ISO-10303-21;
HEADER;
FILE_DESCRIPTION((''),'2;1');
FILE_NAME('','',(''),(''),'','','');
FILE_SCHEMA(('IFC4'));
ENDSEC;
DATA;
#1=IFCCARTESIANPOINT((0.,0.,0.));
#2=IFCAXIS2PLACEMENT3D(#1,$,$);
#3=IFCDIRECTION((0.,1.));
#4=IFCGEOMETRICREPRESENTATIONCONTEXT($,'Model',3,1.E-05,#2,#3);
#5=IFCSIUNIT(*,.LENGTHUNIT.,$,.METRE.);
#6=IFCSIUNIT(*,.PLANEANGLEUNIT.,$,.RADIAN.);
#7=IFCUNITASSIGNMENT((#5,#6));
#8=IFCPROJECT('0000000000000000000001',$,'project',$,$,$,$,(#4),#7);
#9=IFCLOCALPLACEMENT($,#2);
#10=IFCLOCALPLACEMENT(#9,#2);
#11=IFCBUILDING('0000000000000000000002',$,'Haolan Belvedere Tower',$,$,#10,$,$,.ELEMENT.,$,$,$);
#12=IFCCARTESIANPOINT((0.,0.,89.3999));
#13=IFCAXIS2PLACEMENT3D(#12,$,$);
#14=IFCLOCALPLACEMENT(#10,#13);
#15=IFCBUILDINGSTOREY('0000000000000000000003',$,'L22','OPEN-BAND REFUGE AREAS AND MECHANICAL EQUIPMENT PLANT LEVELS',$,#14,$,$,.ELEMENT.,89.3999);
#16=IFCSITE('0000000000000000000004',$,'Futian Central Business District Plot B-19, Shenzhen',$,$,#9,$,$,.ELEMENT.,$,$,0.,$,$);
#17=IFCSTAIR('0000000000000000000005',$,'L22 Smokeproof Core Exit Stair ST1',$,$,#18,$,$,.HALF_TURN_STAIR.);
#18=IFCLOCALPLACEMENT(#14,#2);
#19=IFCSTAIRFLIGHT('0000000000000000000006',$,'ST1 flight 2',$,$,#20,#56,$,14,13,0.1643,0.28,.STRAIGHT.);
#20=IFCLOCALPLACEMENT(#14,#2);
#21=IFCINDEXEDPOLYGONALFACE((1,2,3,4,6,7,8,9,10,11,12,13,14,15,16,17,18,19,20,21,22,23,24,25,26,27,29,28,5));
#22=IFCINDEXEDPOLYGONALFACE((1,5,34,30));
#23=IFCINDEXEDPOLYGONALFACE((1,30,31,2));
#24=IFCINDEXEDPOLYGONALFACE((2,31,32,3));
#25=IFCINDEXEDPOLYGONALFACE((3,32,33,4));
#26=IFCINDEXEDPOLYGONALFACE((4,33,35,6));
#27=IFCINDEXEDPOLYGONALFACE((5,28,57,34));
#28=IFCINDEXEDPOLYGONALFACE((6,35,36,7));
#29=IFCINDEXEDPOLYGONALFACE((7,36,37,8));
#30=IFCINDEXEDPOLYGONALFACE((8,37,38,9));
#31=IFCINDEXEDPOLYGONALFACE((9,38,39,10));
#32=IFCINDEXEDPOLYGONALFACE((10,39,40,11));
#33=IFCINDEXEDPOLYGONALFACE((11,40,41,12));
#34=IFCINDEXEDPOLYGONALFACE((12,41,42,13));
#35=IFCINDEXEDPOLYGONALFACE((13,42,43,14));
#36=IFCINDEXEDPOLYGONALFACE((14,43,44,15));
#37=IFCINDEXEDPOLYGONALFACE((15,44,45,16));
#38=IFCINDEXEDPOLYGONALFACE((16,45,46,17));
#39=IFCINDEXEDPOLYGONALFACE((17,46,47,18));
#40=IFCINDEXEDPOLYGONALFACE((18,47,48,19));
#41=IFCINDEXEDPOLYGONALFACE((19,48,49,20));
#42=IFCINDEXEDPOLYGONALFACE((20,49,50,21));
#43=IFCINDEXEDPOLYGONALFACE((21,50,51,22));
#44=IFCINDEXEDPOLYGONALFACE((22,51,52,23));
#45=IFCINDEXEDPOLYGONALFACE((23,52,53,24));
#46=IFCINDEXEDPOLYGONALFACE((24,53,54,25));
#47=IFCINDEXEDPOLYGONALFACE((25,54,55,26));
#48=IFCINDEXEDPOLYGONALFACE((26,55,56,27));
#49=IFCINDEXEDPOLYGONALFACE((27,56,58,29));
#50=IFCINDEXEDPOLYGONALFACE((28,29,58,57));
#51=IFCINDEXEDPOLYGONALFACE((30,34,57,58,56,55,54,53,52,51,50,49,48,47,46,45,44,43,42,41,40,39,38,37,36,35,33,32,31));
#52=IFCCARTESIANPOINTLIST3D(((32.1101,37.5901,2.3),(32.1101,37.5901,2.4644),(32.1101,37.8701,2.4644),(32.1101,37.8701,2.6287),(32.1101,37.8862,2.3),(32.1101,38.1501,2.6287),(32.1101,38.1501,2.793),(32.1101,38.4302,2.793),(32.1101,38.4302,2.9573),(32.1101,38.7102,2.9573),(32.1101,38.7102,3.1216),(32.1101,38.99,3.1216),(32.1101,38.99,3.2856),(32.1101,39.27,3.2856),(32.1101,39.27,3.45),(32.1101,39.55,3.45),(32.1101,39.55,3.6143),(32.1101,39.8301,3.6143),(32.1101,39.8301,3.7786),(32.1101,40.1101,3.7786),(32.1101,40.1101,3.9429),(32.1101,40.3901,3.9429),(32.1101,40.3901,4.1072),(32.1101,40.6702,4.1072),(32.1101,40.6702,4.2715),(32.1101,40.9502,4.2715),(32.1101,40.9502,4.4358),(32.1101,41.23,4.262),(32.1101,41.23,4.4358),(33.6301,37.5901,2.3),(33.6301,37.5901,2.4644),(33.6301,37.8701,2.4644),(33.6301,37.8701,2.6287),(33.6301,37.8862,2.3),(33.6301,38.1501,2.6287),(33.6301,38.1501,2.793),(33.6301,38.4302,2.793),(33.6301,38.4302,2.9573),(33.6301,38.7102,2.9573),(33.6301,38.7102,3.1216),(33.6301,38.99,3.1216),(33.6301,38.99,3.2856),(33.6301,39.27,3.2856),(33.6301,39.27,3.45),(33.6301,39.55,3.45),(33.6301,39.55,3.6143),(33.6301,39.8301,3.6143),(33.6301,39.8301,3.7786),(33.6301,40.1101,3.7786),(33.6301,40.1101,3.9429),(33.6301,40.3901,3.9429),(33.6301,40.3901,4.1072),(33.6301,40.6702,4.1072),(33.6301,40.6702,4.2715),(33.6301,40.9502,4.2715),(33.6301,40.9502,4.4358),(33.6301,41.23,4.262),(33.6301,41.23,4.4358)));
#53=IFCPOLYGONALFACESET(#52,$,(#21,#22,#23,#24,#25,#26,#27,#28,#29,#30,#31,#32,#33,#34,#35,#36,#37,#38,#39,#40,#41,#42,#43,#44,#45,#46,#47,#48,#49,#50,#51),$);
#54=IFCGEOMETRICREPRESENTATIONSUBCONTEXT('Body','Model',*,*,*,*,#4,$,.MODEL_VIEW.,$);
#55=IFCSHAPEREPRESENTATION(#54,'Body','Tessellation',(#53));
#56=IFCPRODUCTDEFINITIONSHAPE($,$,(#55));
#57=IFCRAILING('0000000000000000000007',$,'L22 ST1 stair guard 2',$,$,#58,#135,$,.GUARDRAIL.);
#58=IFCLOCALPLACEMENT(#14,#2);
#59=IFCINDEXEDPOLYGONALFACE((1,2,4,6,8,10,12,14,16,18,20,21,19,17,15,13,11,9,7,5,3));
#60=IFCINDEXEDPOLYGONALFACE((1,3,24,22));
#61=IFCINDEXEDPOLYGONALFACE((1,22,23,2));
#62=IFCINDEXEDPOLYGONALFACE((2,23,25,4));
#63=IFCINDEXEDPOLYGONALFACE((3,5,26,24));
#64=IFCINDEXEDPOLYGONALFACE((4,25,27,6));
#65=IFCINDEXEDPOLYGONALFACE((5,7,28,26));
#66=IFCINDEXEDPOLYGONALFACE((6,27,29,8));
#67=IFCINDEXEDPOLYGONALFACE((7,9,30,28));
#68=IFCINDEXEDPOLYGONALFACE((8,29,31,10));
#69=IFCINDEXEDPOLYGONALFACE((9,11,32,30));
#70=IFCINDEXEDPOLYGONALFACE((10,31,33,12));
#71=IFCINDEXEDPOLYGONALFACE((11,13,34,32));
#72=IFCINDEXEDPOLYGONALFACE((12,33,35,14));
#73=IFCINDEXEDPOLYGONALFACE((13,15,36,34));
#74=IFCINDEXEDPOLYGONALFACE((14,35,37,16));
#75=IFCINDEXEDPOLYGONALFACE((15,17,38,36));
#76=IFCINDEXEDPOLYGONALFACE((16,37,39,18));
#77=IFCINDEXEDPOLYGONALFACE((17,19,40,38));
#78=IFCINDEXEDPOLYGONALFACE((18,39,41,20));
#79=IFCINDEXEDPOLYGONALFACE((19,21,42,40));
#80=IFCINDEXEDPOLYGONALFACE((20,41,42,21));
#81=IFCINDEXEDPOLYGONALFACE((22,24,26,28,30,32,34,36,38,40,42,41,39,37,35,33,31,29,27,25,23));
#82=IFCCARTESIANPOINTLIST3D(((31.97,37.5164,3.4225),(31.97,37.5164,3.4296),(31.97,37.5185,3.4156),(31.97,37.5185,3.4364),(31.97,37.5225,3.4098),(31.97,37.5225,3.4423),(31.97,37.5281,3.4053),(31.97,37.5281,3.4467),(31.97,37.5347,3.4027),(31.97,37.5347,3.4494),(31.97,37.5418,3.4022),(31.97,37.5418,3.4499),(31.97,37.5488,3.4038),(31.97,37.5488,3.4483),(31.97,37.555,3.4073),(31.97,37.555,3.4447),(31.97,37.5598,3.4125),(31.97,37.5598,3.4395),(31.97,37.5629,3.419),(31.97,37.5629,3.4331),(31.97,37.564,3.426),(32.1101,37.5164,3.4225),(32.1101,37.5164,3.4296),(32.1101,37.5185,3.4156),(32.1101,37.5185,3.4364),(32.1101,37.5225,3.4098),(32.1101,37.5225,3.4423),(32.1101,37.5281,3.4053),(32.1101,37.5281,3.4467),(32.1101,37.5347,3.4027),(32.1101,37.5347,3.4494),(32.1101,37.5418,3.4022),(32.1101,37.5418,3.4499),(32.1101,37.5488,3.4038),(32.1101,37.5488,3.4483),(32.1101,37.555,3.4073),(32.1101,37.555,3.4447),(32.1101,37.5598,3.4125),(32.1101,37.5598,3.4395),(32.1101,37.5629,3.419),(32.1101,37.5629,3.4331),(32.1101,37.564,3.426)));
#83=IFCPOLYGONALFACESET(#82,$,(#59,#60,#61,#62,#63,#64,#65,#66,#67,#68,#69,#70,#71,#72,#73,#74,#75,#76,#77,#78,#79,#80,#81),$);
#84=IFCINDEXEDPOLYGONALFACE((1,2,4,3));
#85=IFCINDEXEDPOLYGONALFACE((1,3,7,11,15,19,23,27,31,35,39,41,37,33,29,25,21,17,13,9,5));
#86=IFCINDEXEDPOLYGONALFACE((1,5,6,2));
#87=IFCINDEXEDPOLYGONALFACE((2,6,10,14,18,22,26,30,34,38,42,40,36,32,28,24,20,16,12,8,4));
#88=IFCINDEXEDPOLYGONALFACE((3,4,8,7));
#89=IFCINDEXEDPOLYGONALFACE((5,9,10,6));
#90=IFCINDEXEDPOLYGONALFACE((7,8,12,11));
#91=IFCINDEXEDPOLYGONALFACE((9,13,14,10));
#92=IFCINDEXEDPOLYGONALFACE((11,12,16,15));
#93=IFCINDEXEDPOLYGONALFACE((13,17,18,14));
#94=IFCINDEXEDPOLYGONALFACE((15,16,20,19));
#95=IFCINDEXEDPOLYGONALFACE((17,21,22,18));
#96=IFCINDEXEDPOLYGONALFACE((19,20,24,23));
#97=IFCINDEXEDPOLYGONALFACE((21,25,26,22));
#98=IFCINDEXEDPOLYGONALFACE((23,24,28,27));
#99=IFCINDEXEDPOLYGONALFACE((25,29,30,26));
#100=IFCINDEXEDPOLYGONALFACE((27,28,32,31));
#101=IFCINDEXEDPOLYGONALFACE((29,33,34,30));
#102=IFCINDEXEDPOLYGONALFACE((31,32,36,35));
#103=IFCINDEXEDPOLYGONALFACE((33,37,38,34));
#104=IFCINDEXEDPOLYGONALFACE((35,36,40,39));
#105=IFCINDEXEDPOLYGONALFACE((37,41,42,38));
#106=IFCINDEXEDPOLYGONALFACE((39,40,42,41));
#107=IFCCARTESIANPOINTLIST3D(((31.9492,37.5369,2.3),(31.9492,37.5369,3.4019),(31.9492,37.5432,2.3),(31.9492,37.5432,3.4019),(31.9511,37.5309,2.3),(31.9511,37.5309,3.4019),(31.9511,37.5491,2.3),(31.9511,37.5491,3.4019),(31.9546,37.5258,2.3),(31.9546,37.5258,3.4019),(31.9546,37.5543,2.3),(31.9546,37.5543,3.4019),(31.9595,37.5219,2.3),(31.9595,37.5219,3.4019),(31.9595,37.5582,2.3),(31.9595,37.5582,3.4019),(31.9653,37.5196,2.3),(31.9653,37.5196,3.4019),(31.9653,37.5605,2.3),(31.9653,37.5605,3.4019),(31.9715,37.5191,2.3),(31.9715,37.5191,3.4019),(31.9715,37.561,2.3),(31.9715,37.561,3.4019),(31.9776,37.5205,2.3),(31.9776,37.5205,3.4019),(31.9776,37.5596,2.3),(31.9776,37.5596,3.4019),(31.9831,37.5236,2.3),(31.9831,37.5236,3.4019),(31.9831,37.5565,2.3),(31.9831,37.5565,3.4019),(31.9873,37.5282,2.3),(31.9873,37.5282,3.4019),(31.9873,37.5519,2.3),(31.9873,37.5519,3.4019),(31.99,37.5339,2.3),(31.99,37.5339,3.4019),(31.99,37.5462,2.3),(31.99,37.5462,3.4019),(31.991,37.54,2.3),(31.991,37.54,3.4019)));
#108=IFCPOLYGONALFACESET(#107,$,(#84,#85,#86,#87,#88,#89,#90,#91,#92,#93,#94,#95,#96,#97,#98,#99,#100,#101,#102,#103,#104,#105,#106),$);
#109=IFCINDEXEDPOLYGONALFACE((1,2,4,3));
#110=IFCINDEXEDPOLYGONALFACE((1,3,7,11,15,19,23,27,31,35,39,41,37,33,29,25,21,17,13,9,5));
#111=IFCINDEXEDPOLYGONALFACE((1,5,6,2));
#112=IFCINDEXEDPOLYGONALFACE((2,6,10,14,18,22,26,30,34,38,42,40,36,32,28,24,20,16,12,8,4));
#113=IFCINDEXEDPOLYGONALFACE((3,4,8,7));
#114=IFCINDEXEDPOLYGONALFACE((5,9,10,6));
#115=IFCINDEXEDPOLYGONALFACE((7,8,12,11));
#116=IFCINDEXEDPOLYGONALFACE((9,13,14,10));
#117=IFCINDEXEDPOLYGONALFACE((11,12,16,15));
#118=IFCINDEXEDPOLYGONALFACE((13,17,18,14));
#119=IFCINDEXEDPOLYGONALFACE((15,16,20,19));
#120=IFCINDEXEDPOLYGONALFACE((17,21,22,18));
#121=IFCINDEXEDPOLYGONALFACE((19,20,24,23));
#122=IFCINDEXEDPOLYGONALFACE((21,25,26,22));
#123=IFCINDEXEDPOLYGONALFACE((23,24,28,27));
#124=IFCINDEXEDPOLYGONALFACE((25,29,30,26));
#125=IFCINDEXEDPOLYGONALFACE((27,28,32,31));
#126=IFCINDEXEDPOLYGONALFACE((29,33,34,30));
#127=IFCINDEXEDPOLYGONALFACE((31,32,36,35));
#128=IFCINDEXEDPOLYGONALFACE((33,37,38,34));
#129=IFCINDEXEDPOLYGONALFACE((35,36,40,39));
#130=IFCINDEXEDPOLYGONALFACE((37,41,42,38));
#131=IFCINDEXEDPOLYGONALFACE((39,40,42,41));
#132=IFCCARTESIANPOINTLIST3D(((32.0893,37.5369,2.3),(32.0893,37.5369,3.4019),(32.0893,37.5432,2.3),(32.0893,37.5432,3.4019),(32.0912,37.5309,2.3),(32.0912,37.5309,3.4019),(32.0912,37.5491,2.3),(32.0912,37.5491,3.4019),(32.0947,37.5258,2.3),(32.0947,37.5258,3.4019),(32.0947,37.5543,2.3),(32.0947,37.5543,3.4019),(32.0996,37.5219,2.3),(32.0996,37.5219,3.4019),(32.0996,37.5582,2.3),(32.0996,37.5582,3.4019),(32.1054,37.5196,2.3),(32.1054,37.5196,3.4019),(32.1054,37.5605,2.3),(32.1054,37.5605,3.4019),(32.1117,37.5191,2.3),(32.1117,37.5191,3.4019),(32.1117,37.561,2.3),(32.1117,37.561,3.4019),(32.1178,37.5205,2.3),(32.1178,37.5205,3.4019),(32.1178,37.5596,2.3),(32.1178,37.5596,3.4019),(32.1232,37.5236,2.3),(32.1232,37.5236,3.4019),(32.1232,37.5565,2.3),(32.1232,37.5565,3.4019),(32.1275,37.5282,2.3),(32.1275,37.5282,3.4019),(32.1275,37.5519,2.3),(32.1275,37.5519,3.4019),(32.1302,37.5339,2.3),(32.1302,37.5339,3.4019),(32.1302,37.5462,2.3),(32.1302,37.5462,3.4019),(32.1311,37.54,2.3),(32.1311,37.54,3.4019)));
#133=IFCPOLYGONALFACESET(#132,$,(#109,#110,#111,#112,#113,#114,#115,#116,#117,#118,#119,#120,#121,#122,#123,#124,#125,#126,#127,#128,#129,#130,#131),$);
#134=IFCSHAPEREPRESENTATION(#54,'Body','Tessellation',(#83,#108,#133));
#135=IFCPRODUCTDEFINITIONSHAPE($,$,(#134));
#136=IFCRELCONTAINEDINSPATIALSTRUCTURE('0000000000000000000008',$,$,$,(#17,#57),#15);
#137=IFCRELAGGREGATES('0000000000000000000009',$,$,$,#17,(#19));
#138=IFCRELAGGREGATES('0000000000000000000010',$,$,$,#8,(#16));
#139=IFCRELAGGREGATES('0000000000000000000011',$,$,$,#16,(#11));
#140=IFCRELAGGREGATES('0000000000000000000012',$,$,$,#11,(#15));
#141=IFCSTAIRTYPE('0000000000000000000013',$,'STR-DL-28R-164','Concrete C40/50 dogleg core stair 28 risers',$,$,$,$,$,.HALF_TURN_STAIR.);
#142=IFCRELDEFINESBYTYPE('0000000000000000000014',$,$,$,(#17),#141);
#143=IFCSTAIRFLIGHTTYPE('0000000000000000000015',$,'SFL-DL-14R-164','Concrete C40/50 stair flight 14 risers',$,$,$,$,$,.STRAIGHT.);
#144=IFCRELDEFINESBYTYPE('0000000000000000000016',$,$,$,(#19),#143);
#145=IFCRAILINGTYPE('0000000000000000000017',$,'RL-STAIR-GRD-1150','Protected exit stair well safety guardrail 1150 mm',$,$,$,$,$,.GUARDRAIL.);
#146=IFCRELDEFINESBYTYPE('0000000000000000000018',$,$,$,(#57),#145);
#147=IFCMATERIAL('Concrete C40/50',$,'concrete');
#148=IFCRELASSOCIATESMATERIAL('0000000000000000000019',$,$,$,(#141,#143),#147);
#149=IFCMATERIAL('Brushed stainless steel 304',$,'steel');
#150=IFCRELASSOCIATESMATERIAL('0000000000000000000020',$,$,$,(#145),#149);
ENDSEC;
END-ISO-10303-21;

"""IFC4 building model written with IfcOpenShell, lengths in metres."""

from ifc_helpers import new_model, si_unit, direction, frame, origin, origin_2d, place, context, subcontext, project, spatial, polyline, circle, outline, extrude, material, type_object, element, aggregate, save


model = new_model("IFC4")

# Units and contexts
model_context = context("Model", 3, precision=1e-05, world=origin(), true_north=direction((0.0, 1.0)))
body_context = subcontext(model_context, "Body", "Model", "MODEL_VIEW")
ifc_project = project(units=[si_unit("LENGTHUNIT", "METRE"), si_unit("PLANEANGLEUNIT", "RADIAN")], contexts=[model_context])

# Site, building, storey
site_placement = place(None, origin())
site = spatial("IfcSite", under=ifc_project, at=site_placement, Name="Futian Central Business District Plot B-19, Shenzhen", CompositionType="ELEMENT", RefElevation=0.0)
building_placement = place(site_placement, origin())
building = spatial("IfcBuilding", under=site, at=building_placement, Name="Haolan Belvedere Tower", CompositionType="ELEMENT")
storey_placement = place(building_placement, frame((0.0, 0.0, 89.3999)))
storey = spatial("IfcBuildingStorey", under=building, at=storey_placement, Name="L22", Description="OPEN-BAND REFUGE AREAS AND MECHANICAL EQUIPMENT PLANT LEVELS", CompositionType="ELEMENT", Elevation=89.3999)

# Stair, stair flight
ifc_material_1 = material(Name="Concrete C40/50", Category="concrete")
stair_type = type_object("IfcStairType", Name="STR-DL-28R-164", Description="Concrete C40/50 dogleg core stair 28 risers", PredefinedType="HALF_TURN_STAIR", material=ifc_material_1)
stair_placement = place(storey_placement, origin())
stair = element("IfcStair", 1, at=stair_placement, inside=storey, type_object=stair_type, Name="L22 Smokeproof Core Exit Stair ST1", PredefinedType="HALF_TURN_STAIR")
stair_flight_type = type_object("IfcStairFlightType", Name="SFL-DL-14R-164", Description="Concrete C40/50 stair flight 14 risers", PredefinedType="STRAIGHT", material=ifc_material_1)
stair_flight_placement = place(storey_placement, frame((32.8701, 37.5901, 2.3), z_axis=(0.0, 0.0, 1.0), x_axis=(0.0, 1.0, 0.0)))
stair_flight = element("IfcStairFlight", 2, at=stair_flight_placement, type_object=stair_flight_type, Name="ST1 flight 2", NumberOfRisers=14, NumberOfTreads=13, PredefinedType="STRAIGHT", RiserHeight=0.1643, TreadLength=0.28, context=body_context, shape_type="SweptSolid", body=[
    extrude(outline(polyline([(0.0, 0.0), (0.0, 0.1643), (0.28, 0.1643), (0.28, 0.3286), (0.5601, 0.3286), (0.5601, 0.4929), (0.8401, 0.4929), (0.8401, 0.6572), (1.1201, 0.6572), (1.1201, 0.8215), (1.3999, 0.8215), (1.3999, 0.9856), (1.6799, 0.9856), (1.6799, 1.1499), (1.96, 1.1499), (1.96, 1.3142), (2.24, 1.3142), (2.24, 1.4785), (2.52, 1.4785), (2.52, 1.6428), (2.8, 1.6428), (2.8, 1.8071), (3.0801, 1.8071), (3.0801, 1.9714), (3.3601, 1.9714), (3.3601, 2.1357), (3.6399, 2.1357), (3.6399, 2.3), (3.6399, 1.9619), (0.2961, 0.0), (0.0, 0.0)])), frame((0.0, 0.76, 0.0), z_axis=(0.0, -1.0, 0.0), x_axis=(1.0, 0.0, 0.0)), (0.0, 0.0, 1.0), 1.52),
])
aggregate(stair, [stair_flight])

# Railing
ifc_material_2 = material(Name="Brushed stainless steel 304", Category="steel")
railing_type_1 = type_object("IfcRailingType", Name="RL-STAIR-GRD-1150", Description="Protected exit stair well safety guardrail 1150 mm", PredefinedType="GUARDRAIL", material=ifc_material_2)
railing_1_placement = place(storey_placement, frame((31.97, 37.54, 2.3)))
element("IfcRailing", 3, at=railing_1_placement, inside=storey, type_object=railing_type_1, Name="L22 ST1 stair guard 2", PredefinedType="GUARDRAIL", context=body_context, shape_type="SweptSolid", body=[
    extrude(circle(Radius=0.0239, at=origin_2d()), frame((0.0, 0.0, 1.126), z_axis=(1.0, 0.0, 0.0), x_axis=(0.0, 1.0, 0.0)), (0.0, 0.0, 1.0), 0.1401),
    extrude(circle(Radius=0.021, at=origin_2d()), origin(), (0.0, 0.0, 1.0), 1.1018),
    extrude(circle(Radius=0.021, at=origin_2d()), frame((0.1401, 0.0, 0.0)), (0.0, 0.0, 1.0), 1.1018),
])

save(model, "model.ifc")
